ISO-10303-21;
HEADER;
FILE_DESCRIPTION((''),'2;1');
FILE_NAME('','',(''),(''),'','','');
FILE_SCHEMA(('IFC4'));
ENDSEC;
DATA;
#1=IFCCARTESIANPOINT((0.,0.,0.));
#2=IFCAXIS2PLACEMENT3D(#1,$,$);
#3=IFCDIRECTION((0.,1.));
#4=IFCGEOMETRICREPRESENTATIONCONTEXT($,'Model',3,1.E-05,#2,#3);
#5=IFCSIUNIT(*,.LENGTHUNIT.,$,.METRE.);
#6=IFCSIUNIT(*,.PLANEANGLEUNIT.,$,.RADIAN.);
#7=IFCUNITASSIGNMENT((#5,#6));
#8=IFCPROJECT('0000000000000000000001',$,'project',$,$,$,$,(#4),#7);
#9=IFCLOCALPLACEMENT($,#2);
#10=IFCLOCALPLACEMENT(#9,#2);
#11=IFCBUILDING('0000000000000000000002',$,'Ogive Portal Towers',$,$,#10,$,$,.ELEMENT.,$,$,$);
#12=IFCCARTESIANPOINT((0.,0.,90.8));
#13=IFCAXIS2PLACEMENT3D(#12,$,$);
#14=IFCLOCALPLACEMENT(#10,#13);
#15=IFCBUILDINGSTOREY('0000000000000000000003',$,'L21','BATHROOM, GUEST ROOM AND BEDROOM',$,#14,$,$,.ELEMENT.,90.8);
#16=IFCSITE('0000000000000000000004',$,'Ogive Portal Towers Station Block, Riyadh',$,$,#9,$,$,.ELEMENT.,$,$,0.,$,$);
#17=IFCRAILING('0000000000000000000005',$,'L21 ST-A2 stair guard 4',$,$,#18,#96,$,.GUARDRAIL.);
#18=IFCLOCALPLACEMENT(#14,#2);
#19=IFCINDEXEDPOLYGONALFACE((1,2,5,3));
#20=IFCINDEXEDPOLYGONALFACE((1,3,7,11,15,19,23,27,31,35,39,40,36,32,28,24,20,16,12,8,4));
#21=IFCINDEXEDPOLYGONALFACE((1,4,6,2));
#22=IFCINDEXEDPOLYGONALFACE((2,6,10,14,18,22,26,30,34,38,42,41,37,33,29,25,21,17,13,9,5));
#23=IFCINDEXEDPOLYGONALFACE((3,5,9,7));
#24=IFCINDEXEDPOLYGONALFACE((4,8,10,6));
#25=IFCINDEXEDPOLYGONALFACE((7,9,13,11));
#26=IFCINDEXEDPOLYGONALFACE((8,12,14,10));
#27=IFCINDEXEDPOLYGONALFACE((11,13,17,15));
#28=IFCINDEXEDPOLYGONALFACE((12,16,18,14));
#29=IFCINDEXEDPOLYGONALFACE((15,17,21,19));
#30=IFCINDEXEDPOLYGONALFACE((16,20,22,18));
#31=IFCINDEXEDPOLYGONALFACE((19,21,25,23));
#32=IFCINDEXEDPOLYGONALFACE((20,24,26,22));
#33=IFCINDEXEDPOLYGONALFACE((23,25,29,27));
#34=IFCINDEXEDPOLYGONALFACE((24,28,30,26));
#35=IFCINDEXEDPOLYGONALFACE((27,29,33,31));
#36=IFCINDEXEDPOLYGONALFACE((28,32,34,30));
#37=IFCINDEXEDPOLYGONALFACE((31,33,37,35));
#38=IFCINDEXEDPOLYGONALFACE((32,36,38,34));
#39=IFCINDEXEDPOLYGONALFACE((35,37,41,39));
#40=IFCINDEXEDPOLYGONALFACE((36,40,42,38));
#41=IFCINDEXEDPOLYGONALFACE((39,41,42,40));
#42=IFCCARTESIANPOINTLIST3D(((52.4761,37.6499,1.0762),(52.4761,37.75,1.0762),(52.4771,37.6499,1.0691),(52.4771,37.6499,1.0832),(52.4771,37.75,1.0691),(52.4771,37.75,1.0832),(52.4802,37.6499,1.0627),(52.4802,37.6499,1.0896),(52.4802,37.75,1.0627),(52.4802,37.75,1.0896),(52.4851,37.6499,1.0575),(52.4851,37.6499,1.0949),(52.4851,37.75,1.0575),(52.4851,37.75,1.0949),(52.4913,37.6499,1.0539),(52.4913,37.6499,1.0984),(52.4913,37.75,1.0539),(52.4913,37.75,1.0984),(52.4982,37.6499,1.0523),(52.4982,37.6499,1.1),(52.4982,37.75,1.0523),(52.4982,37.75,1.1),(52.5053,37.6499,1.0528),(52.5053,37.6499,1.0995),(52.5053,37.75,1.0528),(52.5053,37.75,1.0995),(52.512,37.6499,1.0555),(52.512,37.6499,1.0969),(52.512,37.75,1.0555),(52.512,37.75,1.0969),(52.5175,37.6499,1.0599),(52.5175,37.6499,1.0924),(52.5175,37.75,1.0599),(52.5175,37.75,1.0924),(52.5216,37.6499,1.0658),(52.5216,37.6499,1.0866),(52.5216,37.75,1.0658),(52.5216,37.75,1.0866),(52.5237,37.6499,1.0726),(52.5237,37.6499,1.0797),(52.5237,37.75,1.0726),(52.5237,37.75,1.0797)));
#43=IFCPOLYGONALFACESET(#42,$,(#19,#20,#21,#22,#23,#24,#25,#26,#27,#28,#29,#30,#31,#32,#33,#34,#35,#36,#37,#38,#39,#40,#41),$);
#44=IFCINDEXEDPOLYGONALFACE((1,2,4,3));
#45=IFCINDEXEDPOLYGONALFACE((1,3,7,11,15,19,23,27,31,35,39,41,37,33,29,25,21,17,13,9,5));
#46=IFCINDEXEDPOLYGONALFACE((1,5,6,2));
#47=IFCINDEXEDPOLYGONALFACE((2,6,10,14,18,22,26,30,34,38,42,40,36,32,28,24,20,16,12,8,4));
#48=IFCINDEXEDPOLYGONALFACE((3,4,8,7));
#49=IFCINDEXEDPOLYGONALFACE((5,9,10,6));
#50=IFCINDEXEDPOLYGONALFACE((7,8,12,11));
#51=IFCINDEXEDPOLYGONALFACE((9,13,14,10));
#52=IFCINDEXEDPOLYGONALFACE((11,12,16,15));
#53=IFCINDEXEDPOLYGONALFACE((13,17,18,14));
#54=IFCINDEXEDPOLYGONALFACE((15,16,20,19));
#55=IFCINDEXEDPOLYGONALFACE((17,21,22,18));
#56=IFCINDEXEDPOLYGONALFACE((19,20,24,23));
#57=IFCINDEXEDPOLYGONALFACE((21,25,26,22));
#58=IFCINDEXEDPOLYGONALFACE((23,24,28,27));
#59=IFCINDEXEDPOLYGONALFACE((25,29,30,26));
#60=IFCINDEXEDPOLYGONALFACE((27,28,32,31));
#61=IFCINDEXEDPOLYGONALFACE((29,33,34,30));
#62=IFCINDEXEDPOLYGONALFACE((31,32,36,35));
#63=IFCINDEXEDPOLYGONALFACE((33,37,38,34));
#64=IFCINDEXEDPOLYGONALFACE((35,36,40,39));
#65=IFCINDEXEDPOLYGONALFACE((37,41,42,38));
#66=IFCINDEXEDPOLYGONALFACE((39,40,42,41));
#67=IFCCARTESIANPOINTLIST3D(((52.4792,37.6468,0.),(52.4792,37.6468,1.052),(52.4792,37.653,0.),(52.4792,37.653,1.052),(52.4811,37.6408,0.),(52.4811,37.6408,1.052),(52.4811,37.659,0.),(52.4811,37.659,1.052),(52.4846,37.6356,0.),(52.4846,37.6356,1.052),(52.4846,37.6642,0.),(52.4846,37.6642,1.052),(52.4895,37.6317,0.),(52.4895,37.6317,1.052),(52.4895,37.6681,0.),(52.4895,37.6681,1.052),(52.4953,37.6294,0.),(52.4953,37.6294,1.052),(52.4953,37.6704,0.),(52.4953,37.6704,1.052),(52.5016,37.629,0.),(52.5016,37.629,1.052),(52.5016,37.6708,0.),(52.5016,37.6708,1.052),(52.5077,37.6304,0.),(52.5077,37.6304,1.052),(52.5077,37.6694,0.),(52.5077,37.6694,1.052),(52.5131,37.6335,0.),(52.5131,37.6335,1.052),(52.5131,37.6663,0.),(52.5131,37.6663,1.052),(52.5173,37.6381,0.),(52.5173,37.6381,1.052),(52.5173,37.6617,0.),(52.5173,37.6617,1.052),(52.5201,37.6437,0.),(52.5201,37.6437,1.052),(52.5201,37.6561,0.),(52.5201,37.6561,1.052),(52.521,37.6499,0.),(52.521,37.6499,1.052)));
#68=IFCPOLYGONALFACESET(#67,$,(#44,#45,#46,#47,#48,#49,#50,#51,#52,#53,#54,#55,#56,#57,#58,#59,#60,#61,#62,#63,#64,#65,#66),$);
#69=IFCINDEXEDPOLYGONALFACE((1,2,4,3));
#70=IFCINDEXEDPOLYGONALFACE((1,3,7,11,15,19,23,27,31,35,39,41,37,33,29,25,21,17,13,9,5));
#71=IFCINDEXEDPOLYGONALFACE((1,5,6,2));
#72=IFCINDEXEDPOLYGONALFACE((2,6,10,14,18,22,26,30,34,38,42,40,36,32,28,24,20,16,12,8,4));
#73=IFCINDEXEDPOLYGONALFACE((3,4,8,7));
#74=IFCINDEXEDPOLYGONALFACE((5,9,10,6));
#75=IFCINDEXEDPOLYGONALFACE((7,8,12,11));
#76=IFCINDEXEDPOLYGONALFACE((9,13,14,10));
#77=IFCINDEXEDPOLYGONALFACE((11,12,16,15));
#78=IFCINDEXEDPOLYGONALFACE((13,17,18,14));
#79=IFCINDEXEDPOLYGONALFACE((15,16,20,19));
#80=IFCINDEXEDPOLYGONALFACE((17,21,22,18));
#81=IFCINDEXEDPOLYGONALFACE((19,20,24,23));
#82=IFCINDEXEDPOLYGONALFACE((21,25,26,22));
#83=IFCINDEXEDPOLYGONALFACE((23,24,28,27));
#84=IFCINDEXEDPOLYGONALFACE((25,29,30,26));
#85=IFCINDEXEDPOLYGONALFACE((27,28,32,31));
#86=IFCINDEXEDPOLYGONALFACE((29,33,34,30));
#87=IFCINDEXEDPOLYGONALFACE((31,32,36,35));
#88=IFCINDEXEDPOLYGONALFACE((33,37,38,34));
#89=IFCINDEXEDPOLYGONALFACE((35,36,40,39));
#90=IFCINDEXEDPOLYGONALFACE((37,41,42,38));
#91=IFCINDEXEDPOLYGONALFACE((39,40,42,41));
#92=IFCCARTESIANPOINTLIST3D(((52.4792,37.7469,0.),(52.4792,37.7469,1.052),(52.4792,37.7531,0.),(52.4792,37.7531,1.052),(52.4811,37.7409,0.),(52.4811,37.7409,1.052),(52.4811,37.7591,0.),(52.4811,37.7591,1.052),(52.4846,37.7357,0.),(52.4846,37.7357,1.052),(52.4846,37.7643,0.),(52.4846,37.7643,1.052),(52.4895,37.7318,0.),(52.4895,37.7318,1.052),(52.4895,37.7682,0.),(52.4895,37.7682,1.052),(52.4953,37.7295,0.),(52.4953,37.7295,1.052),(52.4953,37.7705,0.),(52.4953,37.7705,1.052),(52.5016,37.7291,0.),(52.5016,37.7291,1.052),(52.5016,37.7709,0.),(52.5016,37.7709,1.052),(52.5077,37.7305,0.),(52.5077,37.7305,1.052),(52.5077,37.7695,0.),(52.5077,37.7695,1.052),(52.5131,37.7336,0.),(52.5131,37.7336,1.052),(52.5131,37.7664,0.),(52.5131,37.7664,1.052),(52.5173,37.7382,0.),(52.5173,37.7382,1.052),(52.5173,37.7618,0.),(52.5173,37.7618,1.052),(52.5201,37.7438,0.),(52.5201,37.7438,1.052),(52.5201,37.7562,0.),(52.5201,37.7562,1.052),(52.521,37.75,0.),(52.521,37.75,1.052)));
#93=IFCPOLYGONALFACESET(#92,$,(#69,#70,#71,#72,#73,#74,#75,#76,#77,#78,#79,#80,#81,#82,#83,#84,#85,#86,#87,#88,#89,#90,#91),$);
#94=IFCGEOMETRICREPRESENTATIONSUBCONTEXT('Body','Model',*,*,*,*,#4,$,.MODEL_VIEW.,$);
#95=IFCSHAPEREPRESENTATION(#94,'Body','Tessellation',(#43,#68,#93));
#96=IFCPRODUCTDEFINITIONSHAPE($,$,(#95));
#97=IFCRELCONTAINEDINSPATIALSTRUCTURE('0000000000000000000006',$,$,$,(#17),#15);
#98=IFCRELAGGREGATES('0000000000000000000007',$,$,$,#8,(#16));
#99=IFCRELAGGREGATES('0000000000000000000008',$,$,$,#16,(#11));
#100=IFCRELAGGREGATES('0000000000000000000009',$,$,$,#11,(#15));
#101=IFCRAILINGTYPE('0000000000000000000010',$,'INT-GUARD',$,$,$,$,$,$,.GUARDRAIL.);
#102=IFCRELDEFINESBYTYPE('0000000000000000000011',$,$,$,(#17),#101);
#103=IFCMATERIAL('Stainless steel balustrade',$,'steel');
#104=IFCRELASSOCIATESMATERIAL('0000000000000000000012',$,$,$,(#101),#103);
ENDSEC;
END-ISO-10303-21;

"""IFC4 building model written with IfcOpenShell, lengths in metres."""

from ifc_helpers import new_model, si_unit, direction, frame, origin, origin_2d, place, context, subcontext, project, spatial, circle, extrude, material, type_object, element, save


model = new_model("IFC4")

# Units and contexts
model_context = context("Model", 3, precision=1e-05, world=origin(), true_north=direction((0.0, 1.0)))
body_context = subcontext(model_context, "Body", "Model", "MODEL_VIEW")
ifc_project = project(units=[si_unit("LENGTHUNIT", "METRE"), si_unit("PLANEANGLEUNIT", "RADIAN")], contexts=[model_context])

# Site, building, storey
site_placement = place(None, origin())
site = spatial("IfcSite", under=ifc_project, at=site_placement, Name="Ogive Portal Towers Station Block, Riyadh", CompositionType="ELEMENT", RefElevation=0.0)
building_placement = place(site_placement, origin())
building = spatial("IfcBuilding", under=site, at=building_placement, Name="Ogive Portal Towers", CompositionType="ELEMENT")
storey_placement = place(building_placement, frame((0.0, 0.0, 90.8)))
storey = spatial("IfcBuildingStorey", under=building, at=storey_placement, Name="L21", Description="BATHROOM, GUEST ROOM AND BEDROOM", CompositionType="ELEMENT", Elevation=90.8)

# Railing
ifc_material_1 = material(Name="Stainless steel balustrade", Category="steel")
railing_type_1 = type_object("IfcRailingType", Name="INT-GUARD", PredefinedType="GUARDRAIL", material=ifc_material_1)
railing_1_placement = place(storey_placement, frame((52.5, 37.6499, 0.0)))
element("IfcRailing", 1, at=railing_1_placement, inside=storey, type_object=railing_type_1, Name="L21 ST-A2 stair guard 4", PredefinedType="GUARDRAIL", context=body_context, shape_type="SweptSolid", body=[
    extrude(circle(Radius=0.0239, at=origin_2d()), frame((0.0, 0.0, 1.0762), z_axis=(0.0, 1.0, 0.0), x_axis=(-1.0, 0.0, 0.0)), (0.0, 0.0, 1.0), 0.1001),
    extrude(circle(Radius=0.021, at=origin_2d()), origin(), (0.0, 0.0, 1.0), 1.052),
    extrude(circle(Radius=0.021, at=origin_2d()), frame((0.0, 0.1001, 0.0)), (0.0, 0.0, 1.0), 1.052),
])

save(model, "model.ifc")
